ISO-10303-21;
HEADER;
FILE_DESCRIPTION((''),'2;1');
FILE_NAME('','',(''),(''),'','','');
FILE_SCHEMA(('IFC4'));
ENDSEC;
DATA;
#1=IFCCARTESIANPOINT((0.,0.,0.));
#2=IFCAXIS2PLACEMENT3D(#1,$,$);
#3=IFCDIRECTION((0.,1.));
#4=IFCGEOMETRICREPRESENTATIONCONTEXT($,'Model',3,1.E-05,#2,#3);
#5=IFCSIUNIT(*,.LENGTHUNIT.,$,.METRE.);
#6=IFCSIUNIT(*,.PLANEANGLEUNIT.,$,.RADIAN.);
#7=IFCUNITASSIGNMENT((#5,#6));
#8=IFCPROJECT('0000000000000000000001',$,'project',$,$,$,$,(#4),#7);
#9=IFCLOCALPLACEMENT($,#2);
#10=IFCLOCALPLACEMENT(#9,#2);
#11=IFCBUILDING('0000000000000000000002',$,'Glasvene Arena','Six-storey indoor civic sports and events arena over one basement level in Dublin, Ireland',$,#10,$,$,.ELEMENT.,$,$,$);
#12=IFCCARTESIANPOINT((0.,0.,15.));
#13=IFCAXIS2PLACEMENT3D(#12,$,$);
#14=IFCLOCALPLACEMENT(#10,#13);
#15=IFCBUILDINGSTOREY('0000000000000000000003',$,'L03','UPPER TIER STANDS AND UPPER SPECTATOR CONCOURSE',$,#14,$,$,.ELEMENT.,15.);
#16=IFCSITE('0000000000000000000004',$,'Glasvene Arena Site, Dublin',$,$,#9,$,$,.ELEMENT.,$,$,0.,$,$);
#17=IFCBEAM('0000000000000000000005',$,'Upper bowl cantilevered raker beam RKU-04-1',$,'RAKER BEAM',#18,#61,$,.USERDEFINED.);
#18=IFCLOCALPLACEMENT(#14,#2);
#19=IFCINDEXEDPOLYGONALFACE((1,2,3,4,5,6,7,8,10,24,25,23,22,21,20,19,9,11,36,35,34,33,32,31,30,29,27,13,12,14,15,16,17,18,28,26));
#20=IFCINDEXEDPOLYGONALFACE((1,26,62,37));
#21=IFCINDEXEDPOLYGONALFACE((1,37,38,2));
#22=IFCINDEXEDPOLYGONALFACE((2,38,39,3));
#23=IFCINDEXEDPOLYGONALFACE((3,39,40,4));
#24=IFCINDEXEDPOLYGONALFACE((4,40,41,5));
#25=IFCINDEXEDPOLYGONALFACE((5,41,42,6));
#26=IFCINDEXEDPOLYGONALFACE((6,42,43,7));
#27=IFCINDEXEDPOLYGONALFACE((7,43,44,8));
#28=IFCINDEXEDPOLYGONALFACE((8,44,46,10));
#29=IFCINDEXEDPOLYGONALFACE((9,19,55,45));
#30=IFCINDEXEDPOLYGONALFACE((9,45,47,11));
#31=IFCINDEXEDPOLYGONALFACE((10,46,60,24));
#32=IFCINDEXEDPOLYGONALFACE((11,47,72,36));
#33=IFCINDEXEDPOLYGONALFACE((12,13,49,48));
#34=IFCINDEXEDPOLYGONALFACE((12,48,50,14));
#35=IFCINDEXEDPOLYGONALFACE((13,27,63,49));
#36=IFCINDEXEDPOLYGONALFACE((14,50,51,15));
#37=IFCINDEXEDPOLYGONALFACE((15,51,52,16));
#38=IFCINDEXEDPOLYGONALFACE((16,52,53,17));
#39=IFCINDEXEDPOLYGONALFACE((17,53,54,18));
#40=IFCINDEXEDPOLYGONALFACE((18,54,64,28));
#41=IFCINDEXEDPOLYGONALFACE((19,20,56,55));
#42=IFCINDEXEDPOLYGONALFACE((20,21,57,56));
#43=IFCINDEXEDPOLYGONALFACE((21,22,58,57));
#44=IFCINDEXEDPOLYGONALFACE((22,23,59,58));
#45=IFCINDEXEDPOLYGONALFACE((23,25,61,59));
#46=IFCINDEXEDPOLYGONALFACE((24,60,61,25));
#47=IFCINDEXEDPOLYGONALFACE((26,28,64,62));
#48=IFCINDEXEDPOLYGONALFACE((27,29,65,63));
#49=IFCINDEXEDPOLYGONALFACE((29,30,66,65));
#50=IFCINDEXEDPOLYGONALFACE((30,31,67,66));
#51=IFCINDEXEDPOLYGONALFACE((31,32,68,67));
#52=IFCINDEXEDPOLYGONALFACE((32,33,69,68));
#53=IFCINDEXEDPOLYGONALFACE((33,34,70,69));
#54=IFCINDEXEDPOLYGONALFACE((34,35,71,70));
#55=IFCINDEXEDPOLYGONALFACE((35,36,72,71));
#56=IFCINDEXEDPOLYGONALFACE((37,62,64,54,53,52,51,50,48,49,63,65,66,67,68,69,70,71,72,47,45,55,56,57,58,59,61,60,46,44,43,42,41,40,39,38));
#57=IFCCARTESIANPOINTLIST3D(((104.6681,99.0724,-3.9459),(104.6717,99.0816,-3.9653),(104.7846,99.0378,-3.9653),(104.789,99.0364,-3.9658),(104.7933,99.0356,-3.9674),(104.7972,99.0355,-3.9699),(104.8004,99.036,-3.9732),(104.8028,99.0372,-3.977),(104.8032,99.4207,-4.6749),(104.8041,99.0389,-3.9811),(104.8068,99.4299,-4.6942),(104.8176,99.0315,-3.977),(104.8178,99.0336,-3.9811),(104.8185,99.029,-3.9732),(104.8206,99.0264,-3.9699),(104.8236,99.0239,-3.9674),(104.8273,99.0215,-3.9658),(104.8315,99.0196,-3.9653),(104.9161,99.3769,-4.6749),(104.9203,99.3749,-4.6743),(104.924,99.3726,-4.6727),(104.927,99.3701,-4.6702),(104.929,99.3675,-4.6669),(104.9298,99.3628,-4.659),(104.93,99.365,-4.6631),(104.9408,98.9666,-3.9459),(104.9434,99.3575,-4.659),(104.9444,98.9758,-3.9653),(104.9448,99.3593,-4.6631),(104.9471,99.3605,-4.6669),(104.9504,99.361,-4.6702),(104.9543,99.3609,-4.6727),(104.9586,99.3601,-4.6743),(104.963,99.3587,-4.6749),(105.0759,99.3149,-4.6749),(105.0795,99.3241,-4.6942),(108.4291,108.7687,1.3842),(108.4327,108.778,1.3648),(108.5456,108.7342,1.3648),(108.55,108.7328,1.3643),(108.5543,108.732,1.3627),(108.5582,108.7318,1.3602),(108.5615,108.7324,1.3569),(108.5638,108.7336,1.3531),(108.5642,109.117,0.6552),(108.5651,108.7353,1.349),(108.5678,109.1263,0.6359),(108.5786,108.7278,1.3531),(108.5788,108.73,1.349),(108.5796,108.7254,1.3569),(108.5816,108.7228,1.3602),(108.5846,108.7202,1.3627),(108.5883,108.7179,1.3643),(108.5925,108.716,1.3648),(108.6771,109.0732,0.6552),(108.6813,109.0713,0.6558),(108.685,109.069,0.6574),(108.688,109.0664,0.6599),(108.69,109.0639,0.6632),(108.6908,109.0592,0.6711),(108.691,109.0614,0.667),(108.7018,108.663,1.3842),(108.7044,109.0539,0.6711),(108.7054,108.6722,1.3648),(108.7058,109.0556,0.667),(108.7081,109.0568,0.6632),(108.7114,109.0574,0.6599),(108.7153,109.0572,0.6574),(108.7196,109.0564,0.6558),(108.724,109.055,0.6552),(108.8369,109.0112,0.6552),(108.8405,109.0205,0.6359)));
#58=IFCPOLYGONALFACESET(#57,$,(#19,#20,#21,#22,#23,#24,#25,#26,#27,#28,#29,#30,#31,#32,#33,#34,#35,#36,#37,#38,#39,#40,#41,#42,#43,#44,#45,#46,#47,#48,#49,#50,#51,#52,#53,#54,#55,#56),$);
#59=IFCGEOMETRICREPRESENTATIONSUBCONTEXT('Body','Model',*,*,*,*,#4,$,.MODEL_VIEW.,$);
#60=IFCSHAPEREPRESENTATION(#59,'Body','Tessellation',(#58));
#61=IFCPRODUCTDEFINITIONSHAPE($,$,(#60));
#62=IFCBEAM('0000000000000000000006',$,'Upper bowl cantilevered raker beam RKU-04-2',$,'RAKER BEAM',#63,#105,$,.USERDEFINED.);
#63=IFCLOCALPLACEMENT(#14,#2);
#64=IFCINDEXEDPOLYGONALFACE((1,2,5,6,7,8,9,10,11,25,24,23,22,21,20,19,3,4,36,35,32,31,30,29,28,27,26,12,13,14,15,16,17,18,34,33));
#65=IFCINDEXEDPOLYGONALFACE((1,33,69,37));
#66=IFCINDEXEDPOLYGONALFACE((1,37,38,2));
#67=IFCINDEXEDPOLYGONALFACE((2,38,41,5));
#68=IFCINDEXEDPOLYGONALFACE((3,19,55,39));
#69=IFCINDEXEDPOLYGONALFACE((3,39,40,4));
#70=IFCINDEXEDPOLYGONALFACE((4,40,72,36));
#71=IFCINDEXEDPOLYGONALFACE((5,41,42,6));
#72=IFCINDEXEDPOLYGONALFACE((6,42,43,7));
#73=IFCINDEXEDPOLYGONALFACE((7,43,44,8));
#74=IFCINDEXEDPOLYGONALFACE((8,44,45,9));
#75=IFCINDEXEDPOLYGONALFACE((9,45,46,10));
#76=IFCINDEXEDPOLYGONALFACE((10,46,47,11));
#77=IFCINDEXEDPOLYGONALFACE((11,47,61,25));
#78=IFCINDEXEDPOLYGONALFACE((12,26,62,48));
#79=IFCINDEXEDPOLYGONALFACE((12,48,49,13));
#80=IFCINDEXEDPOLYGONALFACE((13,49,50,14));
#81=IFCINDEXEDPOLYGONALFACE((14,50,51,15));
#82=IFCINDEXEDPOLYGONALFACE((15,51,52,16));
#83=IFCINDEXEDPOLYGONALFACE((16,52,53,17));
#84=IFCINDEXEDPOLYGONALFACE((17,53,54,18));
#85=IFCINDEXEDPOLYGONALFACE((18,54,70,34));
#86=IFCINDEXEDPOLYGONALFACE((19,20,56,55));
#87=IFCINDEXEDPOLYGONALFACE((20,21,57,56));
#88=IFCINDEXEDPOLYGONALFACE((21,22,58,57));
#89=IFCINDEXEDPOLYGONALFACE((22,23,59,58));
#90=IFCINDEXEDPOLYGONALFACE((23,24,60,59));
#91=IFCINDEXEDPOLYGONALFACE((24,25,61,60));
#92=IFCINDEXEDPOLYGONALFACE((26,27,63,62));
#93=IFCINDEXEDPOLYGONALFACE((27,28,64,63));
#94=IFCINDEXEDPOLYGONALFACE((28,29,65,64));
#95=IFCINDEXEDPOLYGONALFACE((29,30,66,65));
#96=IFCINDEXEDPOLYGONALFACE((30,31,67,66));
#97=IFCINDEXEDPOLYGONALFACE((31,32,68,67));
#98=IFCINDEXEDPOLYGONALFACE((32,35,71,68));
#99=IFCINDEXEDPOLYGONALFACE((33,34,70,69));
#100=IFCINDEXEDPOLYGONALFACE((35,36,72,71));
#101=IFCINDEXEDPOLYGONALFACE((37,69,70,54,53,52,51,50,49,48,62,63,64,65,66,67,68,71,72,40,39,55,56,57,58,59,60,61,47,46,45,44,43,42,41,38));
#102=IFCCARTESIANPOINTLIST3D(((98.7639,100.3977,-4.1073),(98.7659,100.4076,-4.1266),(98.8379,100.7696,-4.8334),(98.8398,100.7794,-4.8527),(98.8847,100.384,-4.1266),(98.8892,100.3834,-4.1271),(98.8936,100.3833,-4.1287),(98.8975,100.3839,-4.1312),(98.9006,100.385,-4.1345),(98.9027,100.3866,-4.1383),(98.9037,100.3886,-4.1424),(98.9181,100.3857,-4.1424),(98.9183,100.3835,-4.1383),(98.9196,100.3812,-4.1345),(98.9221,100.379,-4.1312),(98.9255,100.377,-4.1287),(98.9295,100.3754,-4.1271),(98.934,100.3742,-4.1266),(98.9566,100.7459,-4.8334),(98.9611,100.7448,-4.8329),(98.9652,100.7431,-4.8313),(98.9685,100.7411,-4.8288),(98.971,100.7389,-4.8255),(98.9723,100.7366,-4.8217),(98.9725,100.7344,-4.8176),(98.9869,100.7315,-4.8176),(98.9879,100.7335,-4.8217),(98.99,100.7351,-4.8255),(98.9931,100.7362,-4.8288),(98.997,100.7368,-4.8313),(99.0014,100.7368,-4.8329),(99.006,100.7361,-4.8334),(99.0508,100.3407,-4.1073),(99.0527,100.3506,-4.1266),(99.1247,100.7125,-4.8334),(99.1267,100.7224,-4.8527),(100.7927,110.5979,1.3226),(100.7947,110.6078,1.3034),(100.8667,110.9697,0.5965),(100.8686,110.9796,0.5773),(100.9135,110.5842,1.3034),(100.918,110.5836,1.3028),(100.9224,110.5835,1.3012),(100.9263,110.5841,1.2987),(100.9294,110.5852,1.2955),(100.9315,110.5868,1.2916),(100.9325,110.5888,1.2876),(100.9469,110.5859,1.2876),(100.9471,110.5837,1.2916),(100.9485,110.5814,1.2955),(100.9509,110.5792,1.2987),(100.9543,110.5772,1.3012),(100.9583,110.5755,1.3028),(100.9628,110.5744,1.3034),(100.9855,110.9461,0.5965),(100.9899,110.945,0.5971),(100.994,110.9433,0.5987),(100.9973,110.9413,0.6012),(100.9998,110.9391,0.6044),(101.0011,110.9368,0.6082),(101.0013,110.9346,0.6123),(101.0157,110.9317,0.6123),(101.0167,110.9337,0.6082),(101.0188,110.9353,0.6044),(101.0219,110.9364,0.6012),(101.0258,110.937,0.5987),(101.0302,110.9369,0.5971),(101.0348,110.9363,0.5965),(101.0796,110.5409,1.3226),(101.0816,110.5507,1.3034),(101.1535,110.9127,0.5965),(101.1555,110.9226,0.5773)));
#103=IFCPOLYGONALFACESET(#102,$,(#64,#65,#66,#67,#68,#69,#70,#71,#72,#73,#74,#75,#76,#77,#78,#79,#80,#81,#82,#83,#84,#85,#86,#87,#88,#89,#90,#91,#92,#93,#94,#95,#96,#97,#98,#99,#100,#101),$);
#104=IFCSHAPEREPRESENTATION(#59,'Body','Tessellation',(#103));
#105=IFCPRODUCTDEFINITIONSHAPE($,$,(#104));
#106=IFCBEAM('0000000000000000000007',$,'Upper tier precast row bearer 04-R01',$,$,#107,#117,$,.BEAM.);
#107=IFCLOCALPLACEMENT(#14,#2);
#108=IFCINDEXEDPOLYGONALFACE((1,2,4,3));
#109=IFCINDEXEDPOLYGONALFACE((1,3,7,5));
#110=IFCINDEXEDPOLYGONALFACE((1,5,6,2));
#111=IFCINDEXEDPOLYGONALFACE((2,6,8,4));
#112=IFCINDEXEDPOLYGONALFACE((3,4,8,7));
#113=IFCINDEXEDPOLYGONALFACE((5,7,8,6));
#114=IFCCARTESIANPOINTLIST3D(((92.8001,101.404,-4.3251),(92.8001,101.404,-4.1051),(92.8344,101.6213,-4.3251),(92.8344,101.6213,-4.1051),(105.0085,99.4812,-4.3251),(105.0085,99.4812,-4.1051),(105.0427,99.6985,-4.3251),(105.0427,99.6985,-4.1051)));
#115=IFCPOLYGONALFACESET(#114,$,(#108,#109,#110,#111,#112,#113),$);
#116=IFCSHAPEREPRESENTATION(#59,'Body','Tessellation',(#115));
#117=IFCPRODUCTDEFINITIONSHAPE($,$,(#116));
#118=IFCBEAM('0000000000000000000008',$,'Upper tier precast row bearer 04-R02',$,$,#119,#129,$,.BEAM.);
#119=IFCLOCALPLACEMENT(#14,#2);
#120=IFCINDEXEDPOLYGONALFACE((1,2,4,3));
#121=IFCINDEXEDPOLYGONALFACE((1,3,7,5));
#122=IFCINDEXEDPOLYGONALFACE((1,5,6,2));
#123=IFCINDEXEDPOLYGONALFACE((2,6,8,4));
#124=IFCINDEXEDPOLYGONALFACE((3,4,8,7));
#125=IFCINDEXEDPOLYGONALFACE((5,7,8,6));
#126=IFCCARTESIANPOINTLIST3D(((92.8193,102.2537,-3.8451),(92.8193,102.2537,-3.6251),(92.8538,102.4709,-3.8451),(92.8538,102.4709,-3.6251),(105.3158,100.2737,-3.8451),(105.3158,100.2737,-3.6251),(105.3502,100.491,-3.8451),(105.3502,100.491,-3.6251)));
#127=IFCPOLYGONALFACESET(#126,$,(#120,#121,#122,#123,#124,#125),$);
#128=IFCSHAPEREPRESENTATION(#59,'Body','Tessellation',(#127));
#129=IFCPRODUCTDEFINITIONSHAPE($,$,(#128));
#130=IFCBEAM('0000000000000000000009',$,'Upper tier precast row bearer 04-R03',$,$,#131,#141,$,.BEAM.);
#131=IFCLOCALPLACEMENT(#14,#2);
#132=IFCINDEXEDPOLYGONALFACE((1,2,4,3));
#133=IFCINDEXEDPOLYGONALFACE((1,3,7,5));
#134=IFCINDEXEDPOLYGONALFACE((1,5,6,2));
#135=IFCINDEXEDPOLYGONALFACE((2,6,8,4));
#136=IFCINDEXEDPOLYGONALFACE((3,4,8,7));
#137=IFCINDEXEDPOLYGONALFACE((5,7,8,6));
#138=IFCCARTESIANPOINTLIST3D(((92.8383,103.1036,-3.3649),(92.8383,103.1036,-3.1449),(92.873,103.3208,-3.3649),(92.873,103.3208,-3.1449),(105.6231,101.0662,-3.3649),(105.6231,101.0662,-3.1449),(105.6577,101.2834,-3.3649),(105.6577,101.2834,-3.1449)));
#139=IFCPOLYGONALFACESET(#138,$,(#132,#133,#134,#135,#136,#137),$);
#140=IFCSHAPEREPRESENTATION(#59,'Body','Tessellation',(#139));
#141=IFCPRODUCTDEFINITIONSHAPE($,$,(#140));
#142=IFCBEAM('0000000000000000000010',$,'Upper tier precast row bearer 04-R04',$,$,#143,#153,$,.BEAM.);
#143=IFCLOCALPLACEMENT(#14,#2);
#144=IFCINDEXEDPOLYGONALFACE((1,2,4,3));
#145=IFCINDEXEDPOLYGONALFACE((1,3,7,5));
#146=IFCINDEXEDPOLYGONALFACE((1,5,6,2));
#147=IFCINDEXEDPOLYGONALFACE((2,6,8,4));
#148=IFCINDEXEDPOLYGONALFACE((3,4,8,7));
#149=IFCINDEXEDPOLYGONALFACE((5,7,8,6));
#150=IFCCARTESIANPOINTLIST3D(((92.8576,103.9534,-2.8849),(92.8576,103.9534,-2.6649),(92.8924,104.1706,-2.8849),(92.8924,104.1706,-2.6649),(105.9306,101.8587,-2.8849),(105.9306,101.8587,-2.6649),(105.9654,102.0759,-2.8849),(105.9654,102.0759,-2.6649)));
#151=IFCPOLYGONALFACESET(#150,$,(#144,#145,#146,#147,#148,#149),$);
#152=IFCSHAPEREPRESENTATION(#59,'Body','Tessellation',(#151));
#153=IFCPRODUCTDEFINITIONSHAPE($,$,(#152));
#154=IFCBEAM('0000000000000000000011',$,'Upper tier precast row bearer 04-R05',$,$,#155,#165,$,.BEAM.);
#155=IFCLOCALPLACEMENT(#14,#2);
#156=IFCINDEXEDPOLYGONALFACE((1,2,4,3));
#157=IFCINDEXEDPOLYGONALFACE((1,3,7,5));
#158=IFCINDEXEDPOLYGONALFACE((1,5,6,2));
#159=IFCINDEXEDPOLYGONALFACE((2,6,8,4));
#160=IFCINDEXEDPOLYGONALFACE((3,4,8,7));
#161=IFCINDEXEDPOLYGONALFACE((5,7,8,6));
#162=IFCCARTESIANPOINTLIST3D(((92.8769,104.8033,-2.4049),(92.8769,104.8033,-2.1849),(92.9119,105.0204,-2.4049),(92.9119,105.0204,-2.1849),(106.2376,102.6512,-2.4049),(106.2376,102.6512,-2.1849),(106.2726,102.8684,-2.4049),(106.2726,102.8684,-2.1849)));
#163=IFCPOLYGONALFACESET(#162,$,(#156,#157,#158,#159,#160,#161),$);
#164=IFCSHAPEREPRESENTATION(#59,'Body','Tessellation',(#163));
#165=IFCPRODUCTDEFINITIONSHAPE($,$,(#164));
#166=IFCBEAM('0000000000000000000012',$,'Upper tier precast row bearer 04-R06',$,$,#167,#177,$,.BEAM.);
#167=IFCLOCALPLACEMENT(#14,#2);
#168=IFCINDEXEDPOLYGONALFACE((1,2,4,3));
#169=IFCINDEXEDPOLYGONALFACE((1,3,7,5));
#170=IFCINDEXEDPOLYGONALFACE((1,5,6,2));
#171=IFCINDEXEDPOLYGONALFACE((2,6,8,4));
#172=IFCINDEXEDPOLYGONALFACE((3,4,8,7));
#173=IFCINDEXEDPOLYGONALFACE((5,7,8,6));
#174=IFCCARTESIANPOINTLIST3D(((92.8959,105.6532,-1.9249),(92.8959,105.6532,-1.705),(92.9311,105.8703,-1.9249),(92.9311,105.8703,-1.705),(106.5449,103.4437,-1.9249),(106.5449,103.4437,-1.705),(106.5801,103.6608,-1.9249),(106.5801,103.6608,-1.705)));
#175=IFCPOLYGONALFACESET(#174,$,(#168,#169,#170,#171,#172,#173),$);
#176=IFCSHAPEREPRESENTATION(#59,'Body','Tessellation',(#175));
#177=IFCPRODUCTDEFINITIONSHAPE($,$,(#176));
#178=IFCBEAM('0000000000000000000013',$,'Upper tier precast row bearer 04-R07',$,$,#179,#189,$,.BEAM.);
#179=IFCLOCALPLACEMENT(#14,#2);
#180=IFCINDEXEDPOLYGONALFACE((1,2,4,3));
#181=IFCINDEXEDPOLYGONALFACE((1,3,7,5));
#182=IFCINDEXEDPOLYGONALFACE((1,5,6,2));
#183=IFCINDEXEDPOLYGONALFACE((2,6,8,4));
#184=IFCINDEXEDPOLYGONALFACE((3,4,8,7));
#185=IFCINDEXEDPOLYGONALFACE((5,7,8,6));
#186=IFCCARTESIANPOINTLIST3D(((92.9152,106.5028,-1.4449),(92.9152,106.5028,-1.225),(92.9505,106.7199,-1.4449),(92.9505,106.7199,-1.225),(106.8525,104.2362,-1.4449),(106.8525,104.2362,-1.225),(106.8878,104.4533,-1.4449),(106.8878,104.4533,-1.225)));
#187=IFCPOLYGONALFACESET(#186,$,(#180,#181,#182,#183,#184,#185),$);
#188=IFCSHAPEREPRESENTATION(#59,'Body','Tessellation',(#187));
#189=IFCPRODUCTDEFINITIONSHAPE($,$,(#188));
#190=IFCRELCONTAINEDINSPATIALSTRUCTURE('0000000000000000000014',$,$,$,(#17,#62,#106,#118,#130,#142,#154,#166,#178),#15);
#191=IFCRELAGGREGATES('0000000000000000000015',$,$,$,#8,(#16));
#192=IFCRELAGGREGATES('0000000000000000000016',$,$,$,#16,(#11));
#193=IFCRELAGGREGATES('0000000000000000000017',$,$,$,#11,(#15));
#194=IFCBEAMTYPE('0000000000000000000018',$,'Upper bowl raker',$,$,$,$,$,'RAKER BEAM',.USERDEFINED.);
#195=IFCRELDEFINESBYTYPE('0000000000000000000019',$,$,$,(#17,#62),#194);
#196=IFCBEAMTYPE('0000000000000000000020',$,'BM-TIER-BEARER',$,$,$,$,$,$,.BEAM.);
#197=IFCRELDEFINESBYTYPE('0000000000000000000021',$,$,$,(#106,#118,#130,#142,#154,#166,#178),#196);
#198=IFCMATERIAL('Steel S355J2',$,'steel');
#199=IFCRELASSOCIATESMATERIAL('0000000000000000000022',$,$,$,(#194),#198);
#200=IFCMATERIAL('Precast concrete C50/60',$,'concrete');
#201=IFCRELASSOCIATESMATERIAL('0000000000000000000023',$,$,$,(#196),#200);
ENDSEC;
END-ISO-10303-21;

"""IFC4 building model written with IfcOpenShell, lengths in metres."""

from ifc_helpers import new_model, si_unit, direction, frame, origin, origin_2d, place, context, subcontext, project, spatial, rectangle, i_section, extrude, material, material_profile, profile_set, type_object, element, save


model = new_model("IFC4")

# Units and contexts
model_context = context("Model", 3, precision=1e-05, world=origin(), true_north=direction((0.0, 1.0)))
body_context = subcontext(model_context, "Body", "Model", "MODEL_VIEW")
ifc_project = project(units=[si_unit("LENGTHUNIT", "METRE"), si_unit("PLANEANGLEUNIT", "RADIAN")], contexts=[model_context])

# Site, building, storey
site_placement = place(None, origin())
site = spatial("IfcSite", under=ifc_project, at=site_placement, Name="Glasvene Arena Site, Dublin", CompositionType="ELEMENT", RefElevation=0.0)
building_placement = place(site_placement, origin())
building = spatial("IfcBuilding", under=site, at=building_placement, Name="Glasvene Arena", Description="Six-storey indoor civic sports and events arena over one basement level in Dublin, Ireland", CompositionType="ELEMENT")
storey_placement = place(building_placement, frame((0.0, 0.0, 15.0)))
storey = spatial("IfcBuildingStorey", under=building, at=storey_placement, Name="L03", Description="UPPER TIER STANDS AND UPPER SPECTATOR CONCOURSE", CompositionType="ELEMENT", Elevation=15.0)

# Shared definitions
ifc_material_1 = material(Name="Steel S355J2", Category="steel")

# Beams
ifc_material_profile_1 = material_profile(ifc_material_1, i_section(OverallWidth=0.2925, OverallDepth=0.8408, WebThickness=0.0146, FlangeThickness=0.0217, FilletRadius=0.0178, at=origin_2d()), Name="UKB 838x292x194")
ifc_profile_set_1 = profile_set([ifc_material_profile_1], Name="Steel S355J2")
beam_type_1 = type_object("IfcBeamType", Name="Upper bowl raker", ElementType="RAKER BEAM", PredefinedType="USERDEFINED", material=ifc_profile_set_1)
beam_1_placement = place(storey_placement, frame((104.8738, 99.1982, -4.3201), z_axis=(0.321825, 0.829705, 0.456091), x_axis=(-0.932322, 0.361628, 0.0)))
element("IfcBeam", 1, at=beam_1_placement, inside=storey, type_object=beam_type_1, Name="Upper bowl cantilevered raker beam RKU-04-1", ObjectType="RAKER BEAM", PredefinedType="USERDEFINED", context=body_context, shape_type="SweptSolid", body=[
    extrude(i_section(OverallWidth=0.2925, OverallDepth=0.8408, WebThickness=0.0146, FlangeThickness=0.0217, FilletRadius=0.0178, at=origin_2d()), origin(), (0.0, 0.0, 1.0), 11.6865),
])
beam_2_placement = place(storey_placement, frame((98.9453, 100.5601, -4.48), z_axis=(0.172927, 0.86942, 0.462823), x_axis=(-0.980788, 0.195078, 0.0)))
element("IfcBeam", 2, at=beam_2_placement, inside=storey, type_object=beam_type_1, Name="Upper bowl cantilevered raker beam RKU-04-2", ObjectType="RAKER BEAM", PredefinedType="USERDEFINED", context=body_context, shape_type="SweptSolid", body=[
    extrude(i_section(OverallWidth=0.2925, OverallDepth=0.8408, WebThickness=0.0146, FlangeThickness=0.0217, FilletRadius=0.0178, at=origin_2d()), origin(), (0.0, 0.0, 1.0), 11.7322),
])
ifc_material_2 = material(Name="Precast concrete C50/60", Category="concrete")
ifc_material_profile_2 = material_profile(ifc_material_2, rectangle(XDim=0.22, YDim=0.22, at=origin_2d()), Name="RC 220x220")
ifc_profile_set_2 = profile_set([ifc_material_profile_2], Name="Precast concrete C50/60")
beam_type_2 = type_object("IfcBeamType", Name="BM-TIER-BEARER", PredefinedType="BEAM", material=ifc_profile_set_2)
beam_3_placement = place(storey_placement, frame((105.0256, 99.5898, -4.2151), z_axis=(-0.987823, 0.155583, 0.0), x_axis=(-0.155583, -0.987823, 0.0)))
element("IfcBeam", 3, at=beam_3_placement, inside=storey, type_object=beam_type_2, Name="Upper tier precast row bearer 04-R01", PredefinedType="BEAM", context=body_context, shape_type="SweptSolid", body=[
    extrude(rectangle(XDim=0.22, YDim=0.22, at=origin_2d()), origin(), (0.0, 0.0, 1.0), 12.3589),
])
beam_4_placement = place(storey_placement, frame((105.333, 100.3823, -3.7351), z_axis=(-0.98768, 0.15649, 0.0), x_axis=(-0.15649, -0.98768, 0.0)))
element("IfcBeam", 4, at=beam_4_placement, inside=storey, type_object=beam_type_2, Name="Upper tier precast row bearer 04-R02", PredefinedType="BEAM", context=body_context, shape_type="SweptSolid", body=[
    extrude(rectangle(XDim=0.22, YDim=0.22, at=origin_2d()), origin(), (0.0, 0.0, 1.0), 12.6523),
])
beam_5_placement = place(storey_placement, frame((105.6404, 101.1748, -3.2549), z_axis=(-0.987539, 0.157373, 0.0), x_axis=(-0.157373, -0.987539, 0.0)))
element("IfcBeam", 5, at=beam_5_placement, inside=storey, type_object=beam_type_2, Name="Upper tier precast row bearer 04-R03", PredefinedType="BEAM", context=body_context, shape_type="SweptSolid", body=[
    extrude(rectangle(XDim=0.22, YDim=0.22, at=origin_2d()), origin(), (0.0, 0.0, 1.0), 12.946),
])
beam_6_placement = place(storey_placement, frame((105.948, 101.9673, -2.7749), z_axis=(-0.987405, 0.158215, 0.0), x_axis=(-0.158215, -0.987405, 0.0)))
element("IfcBeam", 6, at=beam_6_placement, inside=storey, type_object=beam_type_2, Name="Upper tier precast row bearer 04-R04", PredefinedType="BEAM", context=body_context, shape_type="SweptSolid", body=[
    extrude(rectangle(XDim=0.22, YDim=0.22, at=origin_2d()), origin(), (0.0, 0.0, 1.0), 13.2397),
])
beam_7_placement = place(storey_placement, frame((106.2551, 102.7598, -2.2949), z_axis=(-0.987274, 0.159025, 0.0), x_axis=(-0.159025, -0.987274, 0.0)))
element("IfcBeam", 7, at=beam_7_placement, inside=storey, type_object=beam_type_2, Name="Upper tier precast row bearer 04-R05", PredefinedType="BEAM", context=body_context, shape_type="SweptSolid", body=[
    extrude(rectangle(XDim=0.22, YDim=0.22, at=origin_2d()), origin(), (0.0, 0.0, 1.0), 13.533),
])
beam_8_placement = place(storey_placement, frame((106.5625, 103.5522, -1.8149), z_axis=(-0.98715, 0.159799, 0.0), x_axis=(-0.159799, -0.98715, 0.0)))
element("IfcBeam", 8, at=beam_8_placement, inside=storey, type_object=beam_type_2, Name="Upper tier precast row bearer 04-R06", PredefinedType="BEAM", context=body_context, shape_type="SweptSolid", body=[
    extrude(rectangle(XDim=0.22, YDim=0.22, at=origin_2d()), origin(), (0.0, 0.0, 1.0), 13.8267),
])
beam_9_placement = place(storey_placement, frame((106.8701, 104.3447, -1.335), z_axis=(-0.987033, 0.16052, 0.0), x_axis=(-0.16052, -0.987033, 0.0)))
element("IfcBeam", 9, at=beam_9_placement, inside=storey, type_object=beam_type_2, Name="Upper tier precast row bearer 04-R07", PredefinedType="BEAM", context=body_context, shape_type="SweptSolid", body=[
    extrude(rectangle(XDim=0.22, YDim=0.22, at=origin_2d()), origin(), (0.0, 0.0, 1.0), 14.1204),
])

save(model, "model.ifc")
